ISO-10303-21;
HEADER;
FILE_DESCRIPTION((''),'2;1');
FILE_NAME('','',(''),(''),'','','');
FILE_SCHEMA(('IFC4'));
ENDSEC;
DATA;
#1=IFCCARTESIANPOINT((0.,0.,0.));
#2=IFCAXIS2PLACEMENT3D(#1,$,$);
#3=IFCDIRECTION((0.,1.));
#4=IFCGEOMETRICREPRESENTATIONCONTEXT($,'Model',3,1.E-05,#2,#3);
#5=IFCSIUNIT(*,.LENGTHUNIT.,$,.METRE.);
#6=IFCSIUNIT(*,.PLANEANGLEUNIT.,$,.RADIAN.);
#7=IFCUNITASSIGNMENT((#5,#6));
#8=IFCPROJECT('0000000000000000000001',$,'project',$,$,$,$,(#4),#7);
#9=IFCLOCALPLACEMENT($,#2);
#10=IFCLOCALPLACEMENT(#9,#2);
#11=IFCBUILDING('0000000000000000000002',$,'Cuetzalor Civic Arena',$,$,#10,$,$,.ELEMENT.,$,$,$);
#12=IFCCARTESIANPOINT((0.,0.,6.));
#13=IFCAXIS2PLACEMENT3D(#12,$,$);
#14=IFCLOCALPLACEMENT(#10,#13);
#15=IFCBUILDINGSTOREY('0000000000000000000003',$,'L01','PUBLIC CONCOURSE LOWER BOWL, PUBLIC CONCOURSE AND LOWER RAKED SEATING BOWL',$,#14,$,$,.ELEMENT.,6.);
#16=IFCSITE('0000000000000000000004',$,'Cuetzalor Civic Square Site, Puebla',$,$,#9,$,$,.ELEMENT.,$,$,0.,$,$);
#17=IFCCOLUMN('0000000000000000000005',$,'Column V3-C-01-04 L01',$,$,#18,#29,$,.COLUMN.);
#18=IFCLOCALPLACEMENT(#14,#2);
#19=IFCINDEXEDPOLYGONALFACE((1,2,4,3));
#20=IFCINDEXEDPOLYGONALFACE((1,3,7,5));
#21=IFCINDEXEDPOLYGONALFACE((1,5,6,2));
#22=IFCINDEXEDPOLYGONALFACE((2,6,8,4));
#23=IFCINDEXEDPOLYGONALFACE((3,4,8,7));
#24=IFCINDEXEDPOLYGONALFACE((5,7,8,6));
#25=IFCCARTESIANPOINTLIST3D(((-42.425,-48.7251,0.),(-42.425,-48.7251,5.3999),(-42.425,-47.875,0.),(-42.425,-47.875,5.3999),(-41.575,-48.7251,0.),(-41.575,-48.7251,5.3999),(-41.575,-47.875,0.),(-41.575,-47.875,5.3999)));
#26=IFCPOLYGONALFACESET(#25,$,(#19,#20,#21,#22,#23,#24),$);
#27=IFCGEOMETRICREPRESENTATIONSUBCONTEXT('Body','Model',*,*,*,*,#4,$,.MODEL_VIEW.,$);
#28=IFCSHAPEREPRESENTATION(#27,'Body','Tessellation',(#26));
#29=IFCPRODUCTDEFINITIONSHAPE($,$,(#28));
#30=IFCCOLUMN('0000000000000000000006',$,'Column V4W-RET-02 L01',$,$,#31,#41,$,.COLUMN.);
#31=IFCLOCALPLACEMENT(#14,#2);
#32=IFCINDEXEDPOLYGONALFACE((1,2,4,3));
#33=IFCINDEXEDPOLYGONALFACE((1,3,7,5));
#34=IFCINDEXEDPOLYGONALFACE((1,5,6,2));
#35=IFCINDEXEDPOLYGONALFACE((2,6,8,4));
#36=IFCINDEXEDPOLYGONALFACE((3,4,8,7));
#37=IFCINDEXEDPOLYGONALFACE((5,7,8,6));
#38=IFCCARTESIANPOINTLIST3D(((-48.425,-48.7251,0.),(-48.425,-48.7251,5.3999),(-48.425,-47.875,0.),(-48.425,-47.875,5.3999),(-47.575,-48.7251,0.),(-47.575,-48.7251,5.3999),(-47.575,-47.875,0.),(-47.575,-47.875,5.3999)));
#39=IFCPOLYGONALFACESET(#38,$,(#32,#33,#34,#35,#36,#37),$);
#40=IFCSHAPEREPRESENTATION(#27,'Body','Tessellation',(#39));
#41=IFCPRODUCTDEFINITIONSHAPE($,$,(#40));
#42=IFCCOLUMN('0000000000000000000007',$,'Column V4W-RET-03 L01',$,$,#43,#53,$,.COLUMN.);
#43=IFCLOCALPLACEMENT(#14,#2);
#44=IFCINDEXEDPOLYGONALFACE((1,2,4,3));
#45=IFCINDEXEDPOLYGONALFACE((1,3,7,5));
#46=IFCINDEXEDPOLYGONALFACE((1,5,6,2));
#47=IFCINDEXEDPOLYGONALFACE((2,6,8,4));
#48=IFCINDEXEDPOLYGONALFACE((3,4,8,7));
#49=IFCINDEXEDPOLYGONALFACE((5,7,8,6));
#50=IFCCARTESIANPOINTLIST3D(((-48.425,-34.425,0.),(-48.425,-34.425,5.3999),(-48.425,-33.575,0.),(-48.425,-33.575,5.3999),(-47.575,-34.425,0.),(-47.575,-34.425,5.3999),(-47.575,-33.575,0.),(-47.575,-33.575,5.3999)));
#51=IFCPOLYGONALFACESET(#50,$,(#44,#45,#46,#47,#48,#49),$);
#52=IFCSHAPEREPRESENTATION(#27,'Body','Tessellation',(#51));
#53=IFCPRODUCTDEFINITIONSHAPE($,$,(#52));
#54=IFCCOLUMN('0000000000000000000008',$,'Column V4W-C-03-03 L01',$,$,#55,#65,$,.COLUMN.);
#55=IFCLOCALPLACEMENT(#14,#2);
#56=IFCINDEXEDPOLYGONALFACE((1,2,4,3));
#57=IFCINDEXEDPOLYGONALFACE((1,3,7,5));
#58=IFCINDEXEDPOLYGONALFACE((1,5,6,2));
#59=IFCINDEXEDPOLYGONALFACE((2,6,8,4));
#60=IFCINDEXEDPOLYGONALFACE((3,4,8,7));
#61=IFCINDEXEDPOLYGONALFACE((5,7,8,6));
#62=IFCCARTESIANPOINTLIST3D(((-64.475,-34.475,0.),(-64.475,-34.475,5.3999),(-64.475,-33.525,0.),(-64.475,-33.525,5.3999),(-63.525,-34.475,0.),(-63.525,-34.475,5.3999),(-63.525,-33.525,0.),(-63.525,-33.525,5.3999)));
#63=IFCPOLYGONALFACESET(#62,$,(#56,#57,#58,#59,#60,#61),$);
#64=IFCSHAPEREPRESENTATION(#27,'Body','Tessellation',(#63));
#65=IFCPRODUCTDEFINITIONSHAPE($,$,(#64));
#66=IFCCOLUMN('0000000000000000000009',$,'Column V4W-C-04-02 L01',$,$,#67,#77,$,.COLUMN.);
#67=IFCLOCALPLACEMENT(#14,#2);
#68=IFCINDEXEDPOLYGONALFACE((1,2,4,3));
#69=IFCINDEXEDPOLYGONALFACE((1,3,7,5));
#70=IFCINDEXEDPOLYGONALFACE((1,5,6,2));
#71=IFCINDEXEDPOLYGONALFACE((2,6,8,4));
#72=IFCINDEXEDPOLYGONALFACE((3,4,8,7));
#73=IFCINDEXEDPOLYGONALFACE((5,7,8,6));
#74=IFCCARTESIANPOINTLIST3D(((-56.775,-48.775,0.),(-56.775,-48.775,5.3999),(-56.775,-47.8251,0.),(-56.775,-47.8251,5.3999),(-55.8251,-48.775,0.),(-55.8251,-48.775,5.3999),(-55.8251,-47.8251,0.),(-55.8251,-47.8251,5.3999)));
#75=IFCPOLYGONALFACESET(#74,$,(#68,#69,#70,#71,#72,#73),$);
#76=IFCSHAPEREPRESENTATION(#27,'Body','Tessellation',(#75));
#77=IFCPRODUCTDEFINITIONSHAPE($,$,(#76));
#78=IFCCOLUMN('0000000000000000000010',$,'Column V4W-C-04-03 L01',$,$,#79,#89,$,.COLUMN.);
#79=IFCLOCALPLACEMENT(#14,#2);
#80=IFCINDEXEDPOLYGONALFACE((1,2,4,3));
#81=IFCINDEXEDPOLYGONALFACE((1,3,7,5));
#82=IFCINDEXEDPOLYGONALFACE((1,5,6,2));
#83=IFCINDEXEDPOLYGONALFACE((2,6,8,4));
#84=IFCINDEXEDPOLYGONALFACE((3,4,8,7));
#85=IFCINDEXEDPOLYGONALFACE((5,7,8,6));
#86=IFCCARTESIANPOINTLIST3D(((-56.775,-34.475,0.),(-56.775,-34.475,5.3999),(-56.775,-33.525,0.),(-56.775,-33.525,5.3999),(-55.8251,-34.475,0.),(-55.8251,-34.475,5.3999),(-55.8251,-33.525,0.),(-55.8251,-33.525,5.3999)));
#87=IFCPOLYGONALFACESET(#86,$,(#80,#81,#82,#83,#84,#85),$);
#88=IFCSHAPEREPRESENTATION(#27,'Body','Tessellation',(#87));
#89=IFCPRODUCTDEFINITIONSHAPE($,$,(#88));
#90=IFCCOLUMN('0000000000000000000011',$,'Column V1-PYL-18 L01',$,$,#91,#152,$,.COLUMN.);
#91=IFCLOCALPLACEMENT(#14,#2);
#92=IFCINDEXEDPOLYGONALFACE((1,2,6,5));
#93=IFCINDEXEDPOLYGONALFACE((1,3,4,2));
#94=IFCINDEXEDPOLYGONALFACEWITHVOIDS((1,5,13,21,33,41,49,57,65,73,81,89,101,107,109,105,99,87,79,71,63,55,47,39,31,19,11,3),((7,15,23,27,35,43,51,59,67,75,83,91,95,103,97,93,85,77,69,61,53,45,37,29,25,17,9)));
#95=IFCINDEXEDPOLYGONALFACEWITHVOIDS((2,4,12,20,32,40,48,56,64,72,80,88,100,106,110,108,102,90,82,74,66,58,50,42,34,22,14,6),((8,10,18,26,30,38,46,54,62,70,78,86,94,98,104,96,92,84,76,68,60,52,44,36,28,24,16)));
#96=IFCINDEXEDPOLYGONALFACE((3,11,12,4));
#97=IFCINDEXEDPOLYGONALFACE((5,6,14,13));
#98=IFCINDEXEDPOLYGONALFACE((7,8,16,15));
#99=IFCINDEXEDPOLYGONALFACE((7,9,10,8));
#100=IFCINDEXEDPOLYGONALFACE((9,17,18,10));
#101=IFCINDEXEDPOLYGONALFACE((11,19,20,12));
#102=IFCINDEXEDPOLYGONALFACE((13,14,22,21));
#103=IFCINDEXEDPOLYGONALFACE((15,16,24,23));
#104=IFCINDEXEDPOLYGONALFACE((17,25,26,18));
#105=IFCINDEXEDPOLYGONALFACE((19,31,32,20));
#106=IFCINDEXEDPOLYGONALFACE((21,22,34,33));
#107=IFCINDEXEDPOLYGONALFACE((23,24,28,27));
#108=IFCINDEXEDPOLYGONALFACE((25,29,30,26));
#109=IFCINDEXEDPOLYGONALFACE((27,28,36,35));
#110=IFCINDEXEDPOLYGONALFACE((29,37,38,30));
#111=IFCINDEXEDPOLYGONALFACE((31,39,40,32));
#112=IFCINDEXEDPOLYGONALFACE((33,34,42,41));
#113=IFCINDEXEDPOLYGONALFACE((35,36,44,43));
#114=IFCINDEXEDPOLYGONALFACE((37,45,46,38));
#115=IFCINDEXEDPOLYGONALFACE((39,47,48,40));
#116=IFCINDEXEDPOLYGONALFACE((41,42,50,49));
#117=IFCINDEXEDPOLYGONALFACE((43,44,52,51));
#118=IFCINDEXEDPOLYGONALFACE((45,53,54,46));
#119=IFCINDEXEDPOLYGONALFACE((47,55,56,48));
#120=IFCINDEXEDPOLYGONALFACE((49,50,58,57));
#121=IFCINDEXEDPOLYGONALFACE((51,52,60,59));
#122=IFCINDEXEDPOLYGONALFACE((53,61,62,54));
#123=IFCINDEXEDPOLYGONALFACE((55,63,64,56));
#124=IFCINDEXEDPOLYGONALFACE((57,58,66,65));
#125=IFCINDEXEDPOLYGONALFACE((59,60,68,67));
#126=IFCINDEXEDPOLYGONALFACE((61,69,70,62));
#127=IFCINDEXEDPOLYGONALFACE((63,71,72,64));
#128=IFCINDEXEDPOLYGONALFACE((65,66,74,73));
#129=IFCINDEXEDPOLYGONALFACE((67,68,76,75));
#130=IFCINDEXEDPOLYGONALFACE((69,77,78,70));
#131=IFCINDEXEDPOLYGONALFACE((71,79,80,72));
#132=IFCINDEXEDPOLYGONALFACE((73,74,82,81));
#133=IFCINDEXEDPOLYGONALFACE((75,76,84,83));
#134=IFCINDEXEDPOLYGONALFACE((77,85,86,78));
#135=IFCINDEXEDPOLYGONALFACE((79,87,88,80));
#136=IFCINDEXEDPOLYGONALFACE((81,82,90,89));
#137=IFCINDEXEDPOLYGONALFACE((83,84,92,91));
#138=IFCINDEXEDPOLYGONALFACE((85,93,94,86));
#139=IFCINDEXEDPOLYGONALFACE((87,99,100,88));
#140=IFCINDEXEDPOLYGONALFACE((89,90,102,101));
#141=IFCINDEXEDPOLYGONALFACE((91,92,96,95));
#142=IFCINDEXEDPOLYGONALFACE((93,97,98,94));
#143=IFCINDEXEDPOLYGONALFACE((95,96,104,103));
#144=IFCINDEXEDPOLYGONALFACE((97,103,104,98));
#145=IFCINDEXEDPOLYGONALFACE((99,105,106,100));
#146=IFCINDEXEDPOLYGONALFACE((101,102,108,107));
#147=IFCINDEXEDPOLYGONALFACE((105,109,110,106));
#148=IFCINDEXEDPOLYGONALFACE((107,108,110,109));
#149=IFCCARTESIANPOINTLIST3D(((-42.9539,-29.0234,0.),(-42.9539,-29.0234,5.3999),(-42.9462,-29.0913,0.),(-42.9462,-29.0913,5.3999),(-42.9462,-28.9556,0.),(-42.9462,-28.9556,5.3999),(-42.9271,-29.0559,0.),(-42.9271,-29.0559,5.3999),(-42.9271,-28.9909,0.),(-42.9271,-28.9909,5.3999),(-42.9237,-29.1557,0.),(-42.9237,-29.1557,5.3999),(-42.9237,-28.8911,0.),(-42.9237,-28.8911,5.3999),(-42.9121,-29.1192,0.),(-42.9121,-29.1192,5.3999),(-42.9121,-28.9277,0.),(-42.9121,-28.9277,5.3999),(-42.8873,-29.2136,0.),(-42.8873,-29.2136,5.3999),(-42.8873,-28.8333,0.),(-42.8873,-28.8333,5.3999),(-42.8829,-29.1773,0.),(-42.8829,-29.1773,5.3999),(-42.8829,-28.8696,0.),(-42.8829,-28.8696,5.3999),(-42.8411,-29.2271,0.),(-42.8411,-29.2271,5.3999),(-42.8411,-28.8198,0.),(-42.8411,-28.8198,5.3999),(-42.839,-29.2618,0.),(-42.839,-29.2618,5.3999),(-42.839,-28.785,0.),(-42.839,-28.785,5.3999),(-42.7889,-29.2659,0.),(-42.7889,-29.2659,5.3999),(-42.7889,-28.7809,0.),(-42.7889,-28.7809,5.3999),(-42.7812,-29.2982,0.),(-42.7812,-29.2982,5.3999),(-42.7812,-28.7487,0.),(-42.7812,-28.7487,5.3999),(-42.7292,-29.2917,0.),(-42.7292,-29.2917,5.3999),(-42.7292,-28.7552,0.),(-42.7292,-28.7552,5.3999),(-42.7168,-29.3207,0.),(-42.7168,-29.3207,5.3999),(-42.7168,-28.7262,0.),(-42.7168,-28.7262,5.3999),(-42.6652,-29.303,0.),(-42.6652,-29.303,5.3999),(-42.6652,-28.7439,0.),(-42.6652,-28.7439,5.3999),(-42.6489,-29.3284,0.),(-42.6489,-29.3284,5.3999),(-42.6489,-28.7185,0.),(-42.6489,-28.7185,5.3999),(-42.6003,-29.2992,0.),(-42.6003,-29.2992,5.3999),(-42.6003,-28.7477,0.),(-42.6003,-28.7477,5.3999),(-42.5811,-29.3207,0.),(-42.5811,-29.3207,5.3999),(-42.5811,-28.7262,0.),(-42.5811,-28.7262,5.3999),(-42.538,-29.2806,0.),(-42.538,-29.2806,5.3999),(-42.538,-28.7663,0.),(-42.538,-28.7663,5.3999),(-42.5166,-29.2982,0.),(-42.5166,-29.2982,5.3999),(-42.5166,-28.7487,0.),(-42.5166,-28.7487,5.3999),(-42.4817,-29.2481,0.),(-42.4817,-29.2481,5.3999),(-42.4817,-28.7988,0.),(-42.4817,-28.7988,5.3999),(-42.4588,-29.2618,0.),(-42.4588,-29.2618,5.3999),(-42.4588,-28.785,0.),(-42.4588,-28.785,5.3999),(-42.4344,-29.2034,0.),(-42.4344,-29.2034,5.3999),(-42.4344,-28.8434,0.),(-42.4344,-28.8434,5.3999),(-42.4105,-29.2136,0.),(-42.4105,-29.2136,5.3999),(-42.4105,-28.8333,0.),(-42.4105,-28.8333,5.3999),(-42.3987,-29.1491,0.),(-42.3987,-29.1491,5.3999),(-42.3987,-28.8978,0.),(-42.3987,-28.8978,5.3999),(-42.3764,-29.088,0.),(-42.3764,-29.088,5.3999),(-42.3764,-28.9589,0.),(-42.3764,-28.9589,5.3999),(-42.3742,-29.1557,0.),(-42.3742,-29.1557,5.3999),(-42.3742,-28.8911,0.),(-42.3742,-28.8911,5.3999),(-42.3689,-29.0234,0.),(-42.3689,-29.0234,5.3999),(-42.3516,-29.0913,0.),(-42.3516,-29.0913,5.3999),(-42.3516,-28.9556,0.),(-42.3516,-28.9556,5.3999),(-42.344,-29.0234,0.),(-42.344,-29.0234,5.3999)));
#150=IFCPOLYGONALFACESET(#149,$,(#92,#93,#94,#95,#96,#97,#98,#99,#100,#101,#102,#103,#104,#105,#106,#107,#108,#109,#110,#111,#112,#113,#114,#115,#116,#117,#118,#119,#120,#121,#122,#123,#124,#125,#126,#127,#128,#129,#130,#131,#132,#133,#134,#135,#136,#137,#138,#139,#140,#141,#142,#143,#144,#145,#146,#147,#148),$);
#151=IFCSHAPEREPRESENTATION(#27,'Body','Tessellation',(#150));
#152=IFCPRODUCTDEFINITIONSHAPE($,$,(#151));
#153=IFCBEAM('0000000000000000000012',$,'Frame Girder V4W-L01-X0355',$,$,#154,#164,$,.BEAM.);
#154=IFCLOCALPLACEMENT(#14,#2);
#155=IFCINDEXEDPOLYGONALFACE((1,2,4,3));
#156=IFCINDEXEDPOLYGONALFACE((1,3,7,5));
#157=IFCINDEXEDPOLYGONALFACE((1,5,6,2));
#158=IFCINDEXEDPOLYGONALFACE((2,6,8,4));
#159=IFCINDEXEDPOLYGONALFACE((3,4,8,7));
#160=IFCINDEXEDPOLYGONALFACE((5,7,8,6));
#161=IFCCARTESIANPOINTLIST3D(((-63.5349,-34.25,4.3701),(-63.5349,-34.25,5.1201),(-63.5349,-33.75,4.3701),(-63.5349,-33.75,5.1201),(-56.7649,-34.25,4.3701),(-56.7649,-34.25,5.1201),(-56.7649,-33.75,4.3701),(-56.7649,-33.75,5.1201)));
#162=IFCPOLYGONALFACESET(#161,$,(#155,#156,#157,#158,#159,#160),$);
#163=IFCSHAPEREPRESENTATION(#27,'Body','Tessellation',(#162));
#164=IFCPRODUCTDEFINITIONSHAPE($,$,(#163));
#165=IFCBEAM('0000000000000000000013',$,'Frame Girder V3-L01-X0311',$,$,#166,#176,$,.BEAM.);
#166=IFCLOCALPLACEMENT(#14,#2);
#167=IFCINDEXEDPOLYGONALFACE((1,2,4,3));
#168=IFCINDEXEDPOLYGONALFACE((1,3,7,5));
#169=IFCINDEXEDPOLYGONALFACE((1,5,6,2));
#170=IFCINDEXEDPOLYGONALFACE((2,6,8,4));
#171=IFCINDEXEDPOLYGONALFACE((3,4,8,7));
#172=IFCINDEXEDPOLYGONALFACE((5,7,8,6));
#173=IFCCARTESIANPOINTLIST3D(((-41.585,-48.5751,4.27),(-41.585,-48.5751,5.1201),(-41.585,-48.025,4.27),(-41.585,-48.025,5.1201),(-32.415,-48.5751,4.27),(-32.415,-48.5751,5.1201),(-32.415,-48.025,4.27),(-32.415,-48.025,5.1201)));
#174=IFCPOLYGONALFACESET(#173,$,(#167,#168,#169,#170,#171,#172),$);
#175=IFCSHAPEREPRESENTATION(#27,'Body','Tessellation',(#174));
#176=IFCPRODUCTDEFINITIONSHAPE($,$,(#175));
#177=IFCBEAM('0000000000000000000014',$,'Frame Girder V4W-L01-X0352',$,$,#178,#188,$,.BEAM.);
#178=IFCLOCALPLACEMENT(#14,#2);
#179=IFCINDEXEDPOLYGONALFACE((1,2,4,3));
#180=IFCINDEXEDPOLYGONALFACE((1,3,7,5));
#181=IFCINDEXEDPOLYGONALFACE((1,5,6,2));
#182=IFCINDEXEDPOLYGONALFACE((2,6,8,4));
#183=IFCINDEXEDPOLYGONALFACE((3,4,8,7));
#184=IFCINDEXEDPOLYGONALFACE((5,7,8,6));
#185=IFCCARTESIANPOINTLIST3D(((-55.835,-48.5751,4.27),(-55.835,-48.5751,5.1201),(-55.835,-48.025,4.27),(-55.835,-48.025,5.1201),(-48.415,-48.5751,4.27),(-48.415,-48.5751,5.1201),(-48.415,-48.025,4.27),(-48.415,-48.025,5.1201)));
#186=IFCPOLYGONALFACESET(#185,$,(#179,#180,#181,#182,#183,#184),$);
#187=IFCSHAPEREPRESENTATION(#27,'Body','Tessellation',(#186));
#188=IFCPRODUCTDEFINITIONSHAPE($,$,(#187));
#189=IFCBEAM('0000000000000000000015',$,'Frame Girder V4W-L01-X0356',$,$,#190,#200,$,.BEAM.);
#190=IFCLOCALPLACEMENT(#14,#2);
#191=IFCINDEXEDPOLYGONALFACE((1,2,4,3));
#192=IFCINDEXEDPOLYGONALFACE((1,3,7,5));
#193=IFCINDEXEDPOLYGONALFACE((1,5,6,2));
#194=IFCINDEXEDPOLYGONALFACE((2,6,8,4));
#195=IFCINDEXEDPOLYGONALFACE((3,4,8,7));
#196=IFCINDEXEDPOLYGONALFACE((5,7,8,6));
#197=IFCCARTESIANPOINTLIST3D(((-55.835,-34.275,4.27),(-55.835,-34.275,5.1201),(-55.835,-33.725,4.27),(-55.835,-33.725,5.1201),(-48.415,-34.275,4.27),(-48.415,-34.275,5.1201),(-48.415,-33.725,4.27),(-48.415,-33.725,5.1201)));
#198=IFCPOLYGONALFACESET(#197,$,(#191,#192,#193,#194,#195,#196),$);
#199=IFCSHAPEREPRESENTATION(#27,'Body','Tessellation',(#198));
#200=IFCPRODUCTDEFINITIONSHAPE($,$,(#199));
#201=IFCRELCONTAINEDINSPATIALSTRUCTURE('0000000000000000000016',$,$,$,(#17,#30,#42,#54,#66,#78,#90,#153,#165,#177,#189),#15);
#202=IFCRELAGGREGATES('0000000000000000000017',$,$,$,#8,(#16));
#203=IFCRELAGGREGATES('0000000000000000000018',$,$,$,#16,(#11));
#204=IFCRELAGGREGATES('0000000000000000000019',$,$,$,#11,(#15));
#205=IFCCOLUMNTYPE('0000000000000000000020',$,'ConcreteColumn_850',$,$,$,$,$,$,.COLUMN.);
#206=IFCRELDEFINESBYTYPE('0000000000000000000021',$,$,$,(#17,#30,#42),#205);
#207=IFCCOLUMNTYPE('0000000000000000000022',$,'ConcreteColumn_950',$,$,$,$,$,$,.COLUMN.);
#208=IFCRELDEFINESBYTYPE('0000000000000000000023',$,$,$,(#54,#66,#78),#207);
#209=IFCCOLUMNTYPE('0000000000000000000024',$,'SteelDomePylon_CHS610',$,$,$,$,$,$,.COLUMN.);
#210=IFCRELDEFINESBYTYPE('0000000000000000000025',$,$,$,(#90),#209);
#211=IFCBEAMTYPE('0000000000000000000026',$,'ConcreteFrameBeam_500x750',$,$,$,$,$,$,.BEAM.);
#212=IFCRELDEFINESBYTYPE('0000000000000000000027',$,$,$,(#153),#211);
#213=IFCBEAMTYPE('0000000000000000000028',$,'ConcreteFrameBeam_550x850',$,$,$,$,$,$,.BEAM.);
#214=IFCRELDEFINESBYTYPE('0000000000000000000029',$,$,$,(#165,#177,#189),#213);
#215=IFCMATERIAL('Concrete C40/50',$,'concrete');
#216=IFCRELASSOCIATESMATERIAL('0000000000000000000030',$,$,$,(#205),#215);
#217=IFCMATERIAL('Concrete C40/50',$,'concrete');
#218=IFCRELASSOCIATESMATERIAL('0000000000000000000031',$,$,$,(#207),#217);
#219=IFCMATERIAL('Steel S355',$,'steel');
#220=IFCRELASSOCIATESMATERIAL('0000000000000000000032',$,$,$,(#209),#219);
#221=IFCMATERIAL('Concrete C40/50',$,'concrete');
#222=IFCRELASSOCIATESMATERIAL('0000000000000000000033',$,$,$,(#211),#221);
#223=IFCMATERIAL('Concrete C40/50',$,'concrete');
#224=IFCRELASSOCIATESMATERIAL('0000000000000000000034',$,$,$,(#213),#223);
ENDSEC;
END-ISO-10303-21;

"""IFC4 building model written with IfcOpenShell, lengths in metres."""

from ifc_helpers import new_model, si_unit, direction, frame, origin, origin_2d, place, context, subcontext, project, spatial, rectangle, hollow_circle, extrude, material, material_profile, profile_set, type_object, element, save


model = new_model("IFC4")

# Units and contexts
model_context = context("Model", 3, precision=1e-05, world=origin(), true_north=direction((0.0, 1.0)))
body_context = subcontext(model_context, "Body", "Model", "MODEL_VIEW")
ifc_project = project(units=[si_unit("LENGTHUNIT", "METRE"), si_unit("PLANEANGLEUNIT", "RADIAN")], contexts=[model_context])

# Site, building, storey
site_placement = place(None, origin())
site = spatial("IfcSite", under=ifc_project, at=site_placement, Name="Cuetzalor Civic Square Site, Puebla", CompositionType="ELEMENT", RefElevation=0.0)
building_placement = place(site_placement, origin())
building = spatial("IfcBuilding", under=site, at=building_placement, Name="Cuetzalor Civic Arena", CompositionType="ELEMENT")
storey_placement = place(building_placement, frame((0.0, 0.0, 6.0)))
storey = spatial("IfcBuildingStorey", under=building, at=storey_placement, Name="L01", Description="PUBLIC CONCOURSE LOWER BOWL, PUBLIC CONCOURSE AND LOWER RAKED SEATING BOWL", CompositionType="ELEMENT", Elevation=6.0)

# Columns
ifc_material_1 = material(Name="Concrete C40/50", Category="concrete")
ifc_material_profile_1 = material_profile(ifc_material_1, rectangle(XDim=0.8501, YDim=0.8501, at=origin_2d()), Name="RC 850x850")
ifc_profile_set_1 = profile_set([ifc_material_profile_1], Name="Concrete C40/50")
column_type_1 = type_object("IfcColumnType", Name="ConcreteColumn_850", PredefinedType="COLUMN", material=ifc_profile_set_1)
for number, where, z_axis, x_axis, name in (
    (1, (-42.0, -48.3, 0.0), (0.0, 0.0, 1.0), (1.0, 0.0, 0.0), "Column V3-C-01-04 L01"),
    (2, (-48.0, -48.3, 0.0), (0.0, 0.0, 1.0), (1.0, 0.0, 0.0), "Column V4W-RET-02 L01"),
    (3, (-48.0, -34.0, 0.0), (0.0, 0.0, 1.0), (1.0, 0.0, 0.0), "Column V4W-RET-03 L01"),
):
    element("IfcColumn", number, at=place(storey_placement, frame(where, z_axis=z_axis, x_axis=x_axis)), inside=storey, type_object=column_type_1, Name=name, PredefinedType="COLUMN", context=body_context, shape_type="SweptSolid", body=[
        extrude(rectangle(XDim=0.8501, YDim=0.8501, at=origin_2d()), origin(), (0.0, 0.0, 1.0), 5.3999),
    ])
ifc_material_2 = material(Name="Concrete C40/50", Category="concrete")
ifc_material_profile_2 = material_profile(ifc_material_2, rectangle(XDim=0.95, YDim=0.95, at=origin_2d()), Name="RC 950x950")
ifc_profile_set_2 = profile_set([ifc_material_profile_2], Name="Concrete C40/50")
column_type_2 = type_object("IfcColumnType", Name="ConcreteColumn_950", PredefinedType="COLUMN", material=ifc_profile_set_2)
for number, where, z_axis, x_axis, name in (
    (4, (-64.0, -34.0, 0.0), (0.0, 0.0, 1.0), (1.0, 0.0, 0.0), "Column V4W-C-03-03 L01"),
    (5, (-56.3, -48.3, 0.0), (0.0, 0.0, 1.0), (1.0, 0.0, 0.0), "Column V4W-C-04-02 L01"),
    (6, (-56.3, -34.0, 0.0), (0.0, 0.0, 1.0), (1.0, 0.0, 0.0), "Column V4W-C-04-03 L01"),
):
    element("IfcColumn", number, at=place(storey_placement, frame(where, z_axis=z_axis, x_axis=x_axis)), inside=storey, type_object=column_type_2, Name=name, PredefinedType="COLUMN", context=body_context, shape_type="SweptSolid", body=[
        extrude(rectangle(XDim=0.95, YDim=0.95, at=origin_2d()), origin(), (0.0, 0.0, 1.0), 5.3999),
    ])
ifc_material_3 = material(Name="Steel S355", Category="steel")
ifc_material_profile_3 = material_profile(ifc_material_3, hollow_circle(Radius=0.3049, WallThickness=0.0249, at=origin_2d()), Name="CHS 610x25")
ifc_profile_set_3 = profile_set([ifc_material_profile_3], Name="Steel S355")
column_type_3 = type_object("IfcColumnType", Name="SteelDomePylon_CHS610", PredefinedType="COLUMN", material=ifc_profile_set_3)
column_placement = place(storey_placement, frame((-42.6489, -29.0234, 0.0), z_axis=(0.0, 0.0, 1.0), x_axis=(1.0, 0.0, 0.0)))
element("IfcColumn", 7, at=column_placement, inside=storey, type_object=column_type_3, Name="Column V1-PYL-18 L01", PredefinedType="COLUMN", context=body_context, shape_type="SweptSolid", body=[
    extrude(hollow_circle(Radius=0.3049, WallThickness=0.0249, at=origin_2d()), origin(), (0.0, 0.0, 1.0), 5.3999),
])

# Beams
ifc_material_4 = material(Name="Concrete C40/50", Category="concrete")
ifc_material_profile_4 = material_profile(ifc_material_4, rectangle(XDim=0.5, YDim=0.75, at=origin_2d()), Name="RC 500x750")
ifc_profile_set_4 = profile_set([ifc_material_profile_4], Name="Concrete C40/50")
beam_type_1 = type_object("IfcBeamType", Name="ConcreteFrameBeam_500x750", PredefinedType="BEAM", material=ifc_profile_set_4)
beam_1_placement = place(storey_placement, frame((-63.5349, -34.0, 4.7451), z_axis=(1.0, 0.0, 0.0), x_axis=(0.0, 1.0, 0.0)))
element("IfcBeam", 8, at=beam_1_placement, inside=storey, type_object=beam_type_1, Name="Frame Girder V4W-L01-X0355", PredefinedType="BEAM", context=body_context, shape_type="SweptSolid", body=[
    extrude(rectangle(XDim=0.5, YDim=0.75, at=origin_2d()), origin(), (0.0, 0.0, 1.0), 6.77),
])
ifc_material_5 = material(Name="Concrete C40/50", Category="concrete")
ifc_material_profile_5 = material_profile(ifc_material_5, rectangle(XDim=0.55, YDim=0.8501, at=origin_2d()), Name="RC 550x850")
ifc_profile_set_5 = profile_set([ifc_material_profile_5], Name="Concrete C40/50")
beam_type_2 = type_object("IfcBeamType", Name="ConcreteFrameBeam_550x850", PredefinedType="BEAM", material=ifc_profile_set_5)
beam_2_placement = place(storey_placement, frame((-41.585, -48.3, 4.6951), z_axis=(1.0, 0.0, 0.0), x_axis=(0.0, 1.0, 0.0)))
element("IfcBeam", 9, at=beam_2_placement, inside=storey, type_object=beam_type_2, Name="Frame Girder V3-L01-X0311", PredefinedType="BEAM", context=body_context, shape_type="SweptSolid", body=[
    extrude(rectangle(XDim=0.55, YDim=0.8501, at=origin_2d()), origin(), (0.0, 0.0, 1.0), 9.1699),
])
for number, where, z_axis, x_axis, name in (
    (10, (-55.835, -48.3, 4.6951), (1.0, 0.0, 0.0), (0.0, 1.0, 0.0), "Frame Girder V4W-L01-X0352"),
    (11, (-55.835, -34.0, 4.6951), (1.0, 0.0, 0.0), (0.0, 1.0, 0.0), "Frame Girder V4W-L01-X0356"),
):
    element("IfcBeam", number, at=place(storey_placement, frame(where, z_axis=z_axis, x_axis=x_axis)), inside=storey, type_object=beam_type_2, Name=name, PredefinedType="BEAM", context=body_context, shape_type="SweptSolid", body=[
        extrude(rectangle(XDim=0.55, YDim=0.8501, at=origin_2d()), origin(), (0.0, 0.0, 1.0), 7.4199),
    ])

save(model, "model.ifc")
